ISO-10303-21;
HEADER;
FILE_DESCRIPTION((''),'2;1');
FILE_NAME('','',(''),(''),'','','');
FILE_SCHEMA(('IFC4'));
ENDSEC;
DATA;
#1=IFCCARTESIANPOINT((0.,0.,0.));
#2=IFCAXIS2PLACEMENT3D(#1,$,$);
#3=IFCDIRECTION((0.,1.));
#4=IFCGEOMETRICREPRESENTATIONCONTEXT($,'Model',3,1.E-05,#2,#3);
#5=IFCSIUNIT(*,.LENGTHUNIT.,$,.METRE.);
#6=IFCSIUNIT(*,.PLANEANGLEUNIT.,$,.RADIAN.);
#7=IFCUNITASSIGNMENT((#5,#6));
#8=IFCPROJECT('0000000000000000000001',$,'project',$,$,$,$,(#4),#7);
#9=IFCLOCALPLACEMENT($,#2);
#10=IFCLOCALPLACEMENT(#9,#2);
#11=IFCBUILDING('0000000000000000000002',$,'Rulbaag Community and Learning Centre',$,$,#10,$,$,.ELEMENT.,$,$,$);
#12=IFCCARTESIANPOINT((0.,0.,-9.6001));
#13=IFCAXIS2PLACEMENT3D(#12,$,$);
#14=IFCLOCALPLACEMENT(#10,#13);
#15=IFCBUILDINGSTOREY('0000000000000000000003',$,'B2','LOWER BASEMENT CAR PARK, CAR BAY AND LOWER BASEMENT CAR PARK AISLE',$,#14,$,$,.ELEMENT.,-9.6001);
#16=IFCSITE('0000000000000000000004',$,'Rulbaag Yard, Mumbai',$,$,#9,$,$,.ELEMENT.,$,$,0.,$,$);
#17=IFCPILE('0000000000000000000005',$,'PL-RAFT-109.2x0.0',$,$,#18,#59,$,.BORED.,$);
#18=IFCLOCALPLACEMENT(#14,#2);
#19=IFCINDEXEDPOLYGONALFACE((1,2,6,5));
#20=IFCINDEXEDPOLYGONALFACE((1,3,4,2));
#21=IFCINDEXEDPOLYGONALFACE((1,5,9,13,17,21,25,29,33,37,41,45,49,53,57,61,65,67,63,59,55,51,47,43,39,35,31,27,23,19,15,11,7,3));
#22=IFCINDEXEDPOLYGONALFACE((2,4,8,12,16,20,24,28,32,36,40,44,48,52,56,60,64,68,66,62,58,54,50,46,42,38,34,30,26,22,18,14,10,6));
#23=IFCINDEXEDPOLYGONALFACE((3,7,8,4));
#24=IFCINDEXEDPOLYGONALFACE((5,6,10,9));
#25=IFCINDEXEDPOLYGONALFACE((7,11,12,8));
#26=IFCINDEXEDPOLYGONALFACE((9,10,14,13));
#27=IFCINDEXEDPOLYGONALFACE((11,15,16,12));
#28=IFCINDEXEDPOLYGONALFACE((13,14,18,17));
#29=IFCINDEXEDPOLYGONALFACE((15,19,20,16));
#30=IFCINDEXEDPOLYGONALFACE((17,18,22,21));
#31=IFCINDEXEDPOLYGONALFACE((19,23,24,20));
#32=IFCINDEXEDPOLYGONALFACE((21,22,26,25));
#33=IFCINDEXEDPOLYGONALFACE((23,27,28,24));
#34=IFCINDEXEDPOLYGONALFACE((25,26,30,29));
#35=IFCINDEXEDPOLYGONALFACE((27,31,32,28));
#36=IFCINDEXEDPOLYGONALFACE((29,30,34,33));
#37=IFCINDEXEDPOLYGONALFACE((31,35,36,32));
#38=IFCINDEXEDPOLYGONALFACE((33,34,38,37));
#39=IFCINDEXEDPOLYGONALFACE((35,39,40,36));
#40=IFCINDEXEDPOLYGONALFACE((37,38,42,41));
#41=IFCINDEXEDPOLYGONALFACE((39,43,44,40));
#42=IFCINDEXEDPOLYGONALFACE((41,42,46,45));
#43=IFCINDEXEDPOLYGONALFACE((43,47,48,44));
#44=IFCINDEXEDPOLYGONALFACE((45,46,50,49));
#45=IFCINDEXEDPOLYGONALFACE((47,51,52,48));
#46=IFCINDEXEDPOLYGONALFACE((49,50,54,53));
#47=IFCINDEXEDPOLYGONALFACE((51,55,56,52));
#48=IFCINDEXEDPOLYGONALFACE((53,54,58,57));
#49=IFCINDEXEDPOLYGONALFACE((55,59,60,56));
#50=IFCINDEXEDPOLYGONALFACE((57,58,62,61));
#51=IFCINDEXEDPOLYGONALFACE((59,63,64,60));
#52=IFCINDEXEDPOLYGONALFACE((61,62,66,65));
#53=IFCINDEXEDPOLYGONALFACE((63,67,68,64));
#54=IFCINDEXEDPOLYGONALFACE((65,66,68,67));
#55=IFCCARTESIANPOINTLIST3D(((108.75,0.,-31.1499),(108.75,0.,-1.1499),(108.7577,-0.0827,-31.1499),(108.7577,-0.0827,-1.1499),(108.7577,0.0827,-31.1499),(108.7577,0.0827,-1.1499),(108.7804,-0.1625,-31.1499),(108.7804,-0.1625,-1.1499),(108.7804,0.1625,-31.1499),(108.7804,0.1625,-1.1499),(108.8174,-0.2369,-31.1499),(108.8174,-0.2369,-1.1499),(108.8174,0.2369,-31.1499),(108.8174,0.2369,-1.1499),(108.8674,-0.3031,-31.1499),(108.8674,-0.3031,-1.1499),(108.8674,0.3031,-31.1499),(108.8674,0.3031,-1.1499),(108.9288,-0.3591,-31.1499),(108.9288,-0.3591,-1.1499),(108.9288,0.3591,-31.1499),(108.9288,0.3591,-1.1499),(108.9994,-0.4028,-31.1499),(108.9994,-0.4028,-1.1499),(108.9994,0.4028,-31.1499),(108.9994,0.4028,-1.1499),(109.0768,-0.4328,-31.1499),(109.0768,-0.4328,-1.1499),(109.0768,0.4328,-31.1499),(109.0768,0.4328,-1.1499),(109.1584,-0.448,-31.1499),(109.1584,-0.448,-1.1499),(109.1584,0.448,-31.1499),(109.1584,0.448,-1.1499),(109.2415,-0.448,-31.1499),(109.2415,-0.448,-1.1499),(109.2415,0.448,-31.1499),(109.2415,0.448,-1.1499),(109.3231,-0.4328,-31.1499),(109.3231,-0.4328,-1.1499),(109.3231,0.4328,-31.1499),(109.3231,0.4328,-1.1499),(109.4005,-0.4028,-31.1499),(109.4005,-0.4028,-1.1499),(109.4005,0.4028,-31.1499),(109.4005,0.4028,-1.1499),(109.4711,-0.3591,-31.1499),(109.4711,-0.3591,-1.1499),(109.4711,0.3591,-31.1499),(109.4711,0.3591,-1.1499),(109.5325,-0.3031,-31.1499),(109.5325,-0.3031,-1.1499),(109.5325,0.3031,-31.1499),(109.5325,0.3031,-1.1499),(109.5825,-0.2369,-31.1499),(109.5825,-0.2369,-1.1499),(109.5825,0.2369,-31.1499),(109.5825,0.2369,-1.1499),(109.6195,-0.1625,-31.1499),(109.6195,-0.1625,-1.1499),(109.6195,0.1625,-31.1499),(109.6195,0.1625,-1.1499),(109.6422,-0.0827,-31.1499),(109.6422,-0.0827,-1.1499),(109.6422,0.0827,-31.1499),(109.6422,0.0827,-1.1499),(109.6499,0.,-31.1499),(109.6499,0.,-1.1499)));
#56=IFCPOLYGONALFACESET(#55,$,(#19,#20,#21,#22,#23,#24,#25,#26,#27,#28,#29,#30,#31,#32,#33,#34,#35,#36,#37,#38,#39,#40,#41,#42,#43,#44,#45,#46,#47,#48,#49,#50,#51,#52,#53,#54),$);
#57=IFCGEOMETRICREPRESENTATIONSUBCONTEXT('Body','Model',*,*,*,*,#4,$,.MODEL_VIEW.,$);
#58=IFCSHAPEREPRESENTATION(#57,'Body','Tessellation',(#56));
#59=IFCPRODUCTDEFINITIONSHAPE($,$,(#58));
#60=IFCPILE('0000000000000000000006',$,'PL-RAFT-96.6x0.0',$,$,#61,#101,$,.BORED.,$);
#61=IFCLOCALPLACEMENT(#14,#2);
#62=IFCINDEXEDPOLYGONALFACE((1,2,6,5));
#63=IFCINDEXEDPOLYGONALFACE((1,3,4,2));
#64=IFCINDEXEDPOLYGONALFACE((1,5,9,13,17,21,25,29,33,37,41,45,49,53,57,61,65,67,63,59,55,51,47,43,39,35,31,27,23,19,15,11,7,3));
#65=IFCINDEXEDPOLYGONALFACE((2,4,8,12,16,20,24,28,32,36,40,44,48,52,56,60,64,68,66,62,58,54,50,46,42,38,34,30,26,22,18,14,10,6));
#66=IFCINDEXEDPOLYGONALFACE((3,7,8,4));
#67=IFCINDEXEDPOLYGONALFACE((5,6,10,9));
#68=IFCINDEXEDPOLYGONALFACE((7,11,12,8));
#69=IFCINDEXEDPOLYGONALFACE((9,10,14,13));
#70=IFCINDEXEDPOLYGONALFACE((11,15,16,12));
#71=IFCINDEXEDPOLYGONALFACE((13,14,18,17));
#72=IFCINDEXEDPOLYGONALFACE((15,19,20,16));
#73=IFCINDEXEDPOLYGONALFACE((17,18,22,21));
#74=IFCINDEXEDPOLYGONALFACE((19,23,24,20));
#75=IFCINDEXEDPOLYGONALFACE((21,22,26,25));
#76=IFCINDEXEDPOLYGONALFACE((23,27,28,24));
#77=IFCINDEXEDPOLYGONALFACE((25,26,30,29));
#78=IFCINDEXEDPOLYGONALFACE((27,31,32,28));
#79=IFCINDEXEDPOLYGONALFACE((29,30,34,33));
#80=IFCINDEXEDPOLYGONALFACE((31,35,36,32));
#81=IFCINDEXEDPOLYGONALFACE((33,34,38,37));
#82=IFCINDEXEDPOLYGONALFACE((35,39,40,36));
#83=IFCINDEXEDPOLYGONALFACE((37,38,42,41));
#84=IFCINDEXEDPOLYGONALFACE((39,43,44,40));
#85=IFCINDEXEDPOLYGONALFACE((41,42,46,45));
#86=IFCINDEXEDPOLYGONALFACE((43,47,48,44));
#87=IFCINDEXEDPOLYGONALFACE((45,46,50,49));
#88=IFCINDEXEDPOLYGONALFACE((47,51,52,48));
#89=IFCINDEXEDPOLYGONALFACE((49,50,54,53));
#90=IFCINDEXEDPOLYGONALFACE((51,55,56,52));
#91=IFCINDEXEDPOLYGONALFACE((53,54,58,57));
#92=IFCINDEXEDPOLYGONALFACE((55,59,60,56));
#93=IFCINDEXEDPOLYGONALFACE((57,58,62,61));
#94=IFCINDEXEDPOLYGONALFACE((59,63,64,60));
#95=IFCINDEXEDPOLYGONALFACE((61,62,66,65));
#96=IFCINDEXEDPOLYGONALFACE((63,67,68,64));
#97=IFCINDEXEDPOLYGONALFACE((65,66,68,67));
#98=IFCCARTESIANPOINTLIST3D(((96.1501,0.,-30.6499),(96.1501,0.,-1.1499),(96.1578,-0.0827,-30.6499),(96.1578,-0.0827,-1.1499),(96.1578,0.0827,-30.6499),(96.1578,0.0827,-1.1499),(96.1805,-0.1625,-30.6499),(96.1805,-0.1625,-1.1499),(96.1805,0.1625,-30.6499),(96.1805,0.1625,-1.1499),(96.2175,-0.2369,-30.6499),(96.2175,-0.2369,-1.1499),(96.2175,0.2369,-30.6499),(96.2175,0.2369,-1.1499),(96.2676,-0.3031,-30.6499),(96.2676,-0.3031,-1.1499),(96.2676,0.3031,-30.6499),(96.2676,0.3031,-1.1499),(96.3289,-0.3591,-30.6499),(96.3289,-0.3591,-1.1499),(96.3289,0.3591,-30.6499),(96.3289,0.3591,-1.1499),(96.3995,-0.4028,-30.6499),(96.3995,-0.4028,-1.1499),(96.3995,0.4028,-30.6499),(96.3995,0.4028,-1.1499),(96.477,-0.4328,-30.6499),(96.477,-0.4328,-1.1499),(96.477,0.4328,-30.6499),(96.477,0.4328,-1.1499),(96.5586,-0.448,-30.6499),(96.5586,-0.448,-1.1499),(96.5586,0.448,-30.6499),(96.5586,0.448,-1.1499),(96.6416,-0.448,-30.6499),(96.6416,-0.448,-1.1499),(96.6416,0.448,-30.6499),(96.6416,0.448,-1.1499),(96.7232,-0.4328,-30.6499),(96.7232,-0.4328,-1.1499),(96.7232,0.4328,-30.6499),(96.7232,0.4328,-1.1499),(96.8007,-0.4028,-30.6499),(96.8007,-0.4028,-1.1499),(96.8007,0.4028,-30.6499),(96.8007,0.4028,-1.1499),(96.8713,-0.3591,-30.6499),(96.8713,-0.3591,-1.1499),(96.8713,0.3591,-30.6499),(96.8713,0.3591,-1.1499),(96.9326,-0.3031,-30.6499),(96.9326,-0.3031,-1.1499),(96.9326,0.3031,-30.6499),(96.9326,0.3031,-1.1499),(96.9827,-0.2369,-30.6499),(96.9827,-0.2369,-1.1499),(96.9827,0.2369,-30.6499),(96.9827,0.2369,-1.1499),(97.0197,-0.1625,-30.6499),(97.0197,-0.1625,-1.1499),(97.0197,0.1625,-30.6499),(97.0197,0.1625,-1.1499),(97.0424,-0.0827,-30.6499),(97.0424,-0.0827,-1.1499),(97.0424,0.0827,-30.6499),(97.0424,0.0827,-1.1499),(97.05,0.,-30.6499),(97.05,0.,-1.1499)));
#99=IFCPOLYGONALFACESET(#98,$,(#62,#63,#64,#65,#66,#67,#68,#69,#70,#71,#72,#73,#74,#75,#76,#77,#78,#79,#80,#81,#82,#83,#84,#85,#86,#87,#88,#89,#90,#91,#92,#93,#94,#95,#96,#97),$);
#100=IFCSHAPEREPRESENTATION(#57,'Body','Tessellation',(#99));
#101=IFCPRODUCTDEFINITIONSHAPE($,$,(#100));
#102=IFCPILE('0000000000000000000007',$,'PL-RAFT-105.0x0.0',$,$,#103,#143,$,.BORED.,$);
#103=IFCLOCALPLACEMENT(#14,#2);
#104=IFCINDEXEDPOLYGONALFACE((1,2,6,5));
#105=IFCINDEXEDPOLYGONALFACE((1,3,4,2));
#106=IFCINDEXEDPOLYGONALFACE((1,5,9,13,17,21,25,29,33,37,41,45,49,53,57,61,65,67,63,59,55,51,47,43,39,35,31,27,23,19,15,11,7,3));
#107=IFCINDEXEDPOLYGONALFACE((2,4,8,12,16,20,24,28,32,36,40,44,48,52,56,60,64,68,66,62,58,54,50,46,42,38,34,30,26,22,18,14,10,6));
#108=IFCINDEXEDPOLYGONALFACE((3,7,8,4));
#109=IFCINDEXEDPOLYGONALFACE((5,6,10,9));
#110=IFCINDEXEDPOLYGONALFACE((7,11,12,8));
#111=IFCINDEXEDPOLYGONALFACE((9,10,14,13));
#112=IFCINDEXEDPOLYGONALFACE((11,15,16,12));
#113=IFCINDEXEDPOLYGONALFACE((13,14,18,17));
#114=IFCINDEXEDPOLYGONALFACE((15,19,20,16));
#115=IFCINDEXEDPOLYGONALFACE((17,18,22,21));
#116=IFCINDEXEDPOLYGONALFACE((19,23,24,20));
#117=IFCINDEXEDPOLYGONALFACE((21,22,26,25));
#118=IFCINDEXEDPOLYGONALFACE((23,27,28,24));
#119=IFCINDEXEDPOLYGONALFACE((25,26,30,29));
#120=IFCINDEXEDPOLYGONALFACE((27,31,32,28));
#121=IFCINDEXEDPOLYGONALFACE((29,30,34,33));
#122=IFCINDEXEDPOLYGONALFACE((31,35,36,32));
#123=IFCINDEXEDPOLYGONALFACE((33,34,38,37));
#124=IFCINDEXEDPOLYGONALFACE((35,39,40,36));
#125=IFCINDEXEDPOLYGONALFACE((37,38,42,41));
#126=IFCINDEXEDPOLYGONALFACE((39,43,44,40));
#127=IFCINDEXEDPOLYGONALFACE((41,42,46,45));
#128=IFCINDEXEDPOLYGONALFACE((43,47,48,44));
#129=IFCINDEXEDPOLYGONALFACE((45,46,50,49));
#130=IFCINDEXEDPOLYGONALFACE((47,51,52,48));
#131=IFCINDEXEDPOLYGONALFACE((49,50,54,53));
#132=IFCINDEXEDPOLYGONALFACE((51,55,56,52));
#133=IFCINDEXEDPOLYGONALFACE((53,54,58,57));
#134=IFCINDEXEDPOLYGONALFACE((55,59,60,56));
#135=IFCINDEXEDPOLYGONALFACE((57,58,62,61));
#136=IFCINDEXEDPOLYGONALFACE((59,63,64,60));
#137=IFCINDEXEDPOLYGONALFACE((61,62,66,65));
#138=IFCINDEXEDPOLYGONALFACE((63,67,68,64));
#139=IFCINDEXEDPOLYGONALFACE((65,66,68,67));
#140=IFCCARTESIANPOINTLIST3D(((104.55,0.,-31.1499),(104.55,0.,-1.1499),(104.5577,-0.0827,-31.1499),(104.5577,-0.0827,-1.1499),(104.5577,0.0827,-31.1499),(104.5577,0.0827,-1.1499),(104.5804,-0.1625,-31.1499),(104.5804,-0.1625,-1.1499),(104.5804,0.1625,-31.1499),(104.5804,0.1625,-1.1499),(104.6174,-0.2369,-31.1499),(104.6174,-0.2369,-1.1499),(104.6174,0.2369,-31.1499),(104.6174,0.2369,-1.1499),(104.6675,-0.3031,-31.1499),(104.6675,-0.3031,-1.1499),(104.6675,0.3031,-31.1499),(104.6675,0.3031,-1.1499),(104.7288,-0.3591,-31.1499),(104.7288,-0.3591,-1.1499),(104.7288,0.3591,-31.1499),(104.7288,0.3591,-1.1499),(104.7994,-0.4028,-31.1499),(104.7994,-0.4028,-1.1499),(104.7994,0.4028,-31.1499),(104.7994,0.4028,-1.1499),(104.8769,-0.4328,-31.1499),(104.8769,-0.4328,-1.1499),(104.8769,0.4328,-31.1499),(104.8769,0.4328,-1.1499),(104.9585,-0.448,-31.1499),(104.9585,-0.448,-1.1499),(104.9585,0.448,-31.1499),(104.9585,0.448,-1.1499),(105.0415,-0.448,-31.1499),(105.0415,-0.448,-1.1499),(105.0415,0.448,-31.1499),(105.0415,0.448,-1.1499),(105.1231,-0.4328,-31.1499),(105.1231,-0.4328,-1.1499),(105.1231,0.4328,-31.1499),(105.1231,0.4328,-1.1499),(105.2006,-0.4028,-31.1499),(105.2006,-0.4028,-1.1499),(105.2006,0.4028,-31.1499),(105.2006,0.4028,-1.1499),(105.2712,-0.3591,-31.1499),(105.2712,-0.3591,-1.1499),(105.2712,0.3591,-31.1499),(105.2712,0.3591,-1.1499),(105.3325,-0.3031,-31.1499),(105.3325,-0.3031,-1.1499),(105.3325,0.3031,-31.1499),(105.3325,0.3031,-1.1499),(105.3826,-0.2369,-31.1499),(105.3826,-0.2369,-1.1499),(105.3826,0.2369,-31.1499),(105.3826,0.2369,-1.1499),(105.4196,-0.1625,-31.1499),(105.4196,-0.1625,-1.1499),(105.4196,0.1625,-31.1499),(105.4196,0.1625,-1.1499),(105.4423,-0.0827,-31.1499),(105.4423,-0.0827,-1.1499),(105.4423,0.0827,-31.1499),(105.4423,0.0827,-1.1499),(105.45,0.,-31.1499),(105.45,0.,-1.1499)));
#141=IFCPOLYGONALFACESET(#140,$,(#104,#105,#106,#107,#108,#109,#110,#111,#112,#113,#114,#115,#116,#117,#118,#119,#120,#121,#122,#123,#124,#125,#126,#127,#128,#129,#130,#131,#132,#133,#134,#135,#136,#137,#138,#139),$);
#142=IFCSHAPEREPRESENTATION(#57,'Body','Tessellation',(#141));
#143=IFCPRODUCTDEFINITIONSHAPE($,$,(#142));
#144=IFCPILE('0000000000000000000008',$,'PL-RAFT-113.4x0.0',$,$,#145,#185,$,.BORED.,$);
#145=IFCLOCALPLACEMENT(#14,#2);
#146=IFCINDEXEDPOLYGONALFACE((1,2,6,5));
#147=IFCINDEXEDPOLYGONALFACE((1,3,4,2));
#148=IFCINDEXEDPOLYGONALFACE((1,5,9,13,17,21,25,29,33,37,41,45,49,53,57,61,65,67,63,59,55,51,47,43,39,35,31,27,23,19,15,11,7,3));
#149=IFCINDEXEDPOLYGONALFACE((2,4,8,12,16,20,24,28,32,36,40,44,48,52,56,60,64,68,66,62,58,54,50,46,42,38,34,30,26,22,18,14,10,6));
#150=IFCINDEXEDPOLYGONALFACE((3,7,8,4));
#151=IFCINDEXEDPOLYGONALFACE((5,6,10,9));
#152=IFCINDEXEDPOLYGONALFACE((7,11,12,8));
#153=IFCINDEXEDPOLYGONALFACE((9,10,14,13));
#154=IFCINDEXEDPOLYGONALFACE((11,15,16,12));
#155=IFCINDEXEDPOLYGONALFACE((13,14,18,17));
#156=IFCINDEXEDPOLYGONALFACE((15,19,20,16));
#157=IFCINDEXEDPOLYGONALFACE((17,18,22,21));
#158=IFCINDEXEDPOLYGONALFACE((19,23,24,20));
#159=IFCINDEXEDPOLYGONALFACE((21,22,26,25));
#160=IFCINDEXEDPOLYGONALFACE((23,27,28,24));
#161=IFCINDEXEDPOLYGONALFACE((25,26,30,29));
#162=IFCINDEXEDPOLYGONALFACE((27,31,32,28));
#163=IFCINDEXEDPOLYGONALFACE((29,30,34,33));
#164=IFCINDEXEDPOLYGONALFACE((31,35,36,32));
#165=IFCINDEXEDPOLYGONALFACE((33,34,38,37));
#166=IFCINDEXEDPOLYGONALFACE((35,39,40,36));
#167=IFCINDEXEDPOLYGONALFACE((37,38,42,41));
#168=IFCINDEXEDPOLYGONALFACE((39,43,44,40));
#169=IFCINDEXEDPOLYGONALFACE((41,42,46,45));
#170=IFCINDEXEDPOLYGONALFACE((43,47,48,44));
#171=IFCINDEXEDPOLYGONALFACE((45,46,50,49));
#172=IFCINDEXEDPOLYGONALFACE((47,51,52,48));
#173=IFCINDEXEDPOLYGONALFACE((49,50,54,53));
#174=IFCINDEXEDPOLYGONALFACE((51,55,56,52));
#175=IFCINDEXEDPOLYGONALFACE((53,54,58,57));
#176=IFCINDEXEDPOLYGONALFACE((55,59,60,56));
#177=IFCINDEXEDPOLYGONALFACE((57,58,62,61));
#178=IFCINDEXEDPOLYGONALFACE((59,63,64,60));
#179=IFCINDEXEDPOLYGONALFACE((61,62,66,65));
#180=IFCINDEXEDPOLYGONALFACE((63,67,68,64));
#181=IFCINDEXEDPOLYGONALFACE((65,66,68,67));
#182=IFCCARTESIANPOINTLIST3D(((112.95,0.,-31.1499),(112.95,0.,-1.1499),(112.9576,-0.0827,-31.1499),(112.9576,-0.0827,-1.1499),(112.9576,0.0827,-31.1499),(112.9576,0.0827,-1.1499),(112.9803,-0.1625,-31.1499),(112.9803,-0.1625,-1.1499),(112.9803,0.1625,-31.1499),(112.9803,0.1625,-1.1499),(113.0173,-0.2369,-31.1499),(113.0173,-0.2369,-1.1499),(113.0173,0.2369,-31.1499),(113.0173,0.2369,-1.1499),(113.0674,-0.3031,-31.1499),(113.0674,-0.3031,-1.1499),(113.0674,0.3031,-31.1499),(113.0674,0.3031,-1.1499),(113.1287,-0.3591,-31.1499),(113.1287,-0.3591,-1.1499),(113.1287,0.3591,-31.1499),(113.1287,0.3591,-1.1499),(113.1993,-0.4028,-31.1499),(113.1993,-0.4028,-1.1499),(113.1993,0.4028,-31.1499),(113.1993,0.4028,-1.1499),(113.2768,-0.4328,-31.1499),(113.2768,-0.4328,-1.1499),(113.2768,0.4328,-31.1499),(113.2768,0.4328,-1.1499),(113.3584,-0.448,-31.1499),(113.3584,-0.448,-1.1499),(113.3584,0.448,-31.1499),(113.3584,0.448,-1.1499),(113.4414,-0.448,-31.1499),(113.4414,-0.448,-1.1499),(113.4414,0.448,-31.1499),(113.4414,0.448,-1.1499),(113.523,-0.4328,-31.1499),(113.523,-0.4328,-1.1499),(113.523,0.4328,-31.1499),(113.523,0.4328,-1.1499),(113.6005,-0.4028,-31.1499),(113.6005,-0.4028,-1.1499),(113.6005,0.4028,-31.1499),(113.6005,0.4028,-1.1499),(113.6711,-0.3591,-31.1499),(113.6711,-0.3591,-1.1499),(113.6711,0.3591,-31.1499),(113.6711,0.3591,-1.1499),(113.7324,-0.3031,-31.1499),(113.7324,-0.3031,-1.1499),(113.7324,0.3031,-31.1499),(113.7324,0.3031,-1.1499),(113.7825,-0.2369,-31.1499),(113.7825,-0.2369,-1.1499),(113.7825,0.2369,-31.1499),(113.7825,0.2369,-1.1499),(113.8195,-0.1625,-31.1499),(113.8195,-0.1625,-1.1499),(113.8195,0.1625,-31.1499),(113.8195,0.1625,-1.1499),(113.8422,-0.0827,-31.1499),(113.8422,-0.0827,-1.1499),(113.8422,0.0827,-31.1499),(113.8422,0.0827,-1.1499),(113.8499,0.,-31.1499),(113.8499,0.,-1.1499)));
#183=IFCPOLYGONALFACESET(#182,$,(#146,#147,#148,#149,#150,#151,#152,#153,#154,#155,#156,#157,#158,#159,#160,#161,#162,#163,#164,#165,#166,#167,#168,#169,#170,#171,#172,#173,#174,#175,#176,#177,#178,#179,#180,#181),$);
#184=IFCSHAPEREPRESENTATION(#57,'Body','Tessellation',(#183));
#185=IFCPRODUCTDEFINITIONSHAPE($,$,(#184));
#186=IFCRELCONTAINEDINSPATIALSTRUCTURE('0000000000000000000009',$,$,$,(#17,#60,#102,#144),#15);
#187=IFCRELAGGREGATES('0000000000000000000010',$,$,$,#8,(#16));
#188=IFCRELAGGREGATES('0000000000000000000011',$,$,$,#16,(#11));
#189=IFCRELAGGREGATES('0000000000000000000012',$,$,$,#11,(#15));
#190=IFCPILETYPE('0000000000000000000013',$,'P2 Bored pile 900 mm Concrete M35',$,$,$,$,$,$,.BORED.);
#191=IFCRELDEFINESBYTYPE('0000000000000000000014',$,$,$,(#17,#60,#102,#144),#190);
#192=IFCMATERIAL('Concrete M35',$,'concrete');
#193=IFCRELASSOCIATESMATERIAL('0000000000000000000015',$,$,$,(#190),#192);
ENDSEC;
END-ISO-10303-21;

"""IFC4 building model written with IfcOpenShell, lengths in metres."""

from ifc_helpers import new_model, si_unit, direction, frame, origin, origin_2d, place, context, subcontext, project, spatial, circle, extrude, material, material_profile, profile_set, type_object, element, save


model = new_model("IFC4")

# Units and contexts
model_context = context("Model", 3, precision=1e-05, world=origin(), true_north=direction((0.0, 1.0)))
body_context = subcontext(model_context, "Body", "Model", "MODEL_VIEW")
ifc_project = project(units=[si_unit("LENGTHUNIT", "METRE"), si_unit("PLANEANGLEUNIT", "RADIAN")], contexts=[model_context])

# Site, building, storey
site_placement = place(None, origin())
site = spatial("IfcSite", under=ifc_project, at=site_placement, Name="Rulbaag Yard, Mumbai", CompositionType="ELEMENT", RefElevation=0.0)
building_placement = place(site_placement, origin())
building = spatial("IfcBuilding", under=site, at=building_placement, Name="Rulbaag Community and Learning Centre", CompositionType="ELEMENT")
storey_placement = place(building_placement, frame((0.0, 0.0, -9.6001)))
storey = spatial("IfcBuildingStorey", under=building, at=storey_placement, Name="B2", Description="LOWER BASEMENT CAR PARK, CAR BAY AND LOWER BASEMENT CAR PARK AISLE", CompositionType="ELEMENT", Elevation=-9.6001)

# Piles
ifc_material_1 = material(Name="Concrete M35", Category="concrete")
ifc_material_profile_1 = material_profile(ifc_material_1, circle(Radius=0.45, at=origin_2d()), Name="BP900")
ifc_profile_set_1 = profile_set([ifc_material_profile_1], Name="Concrete M35")
pile_type_1 = type_object("IfcPileType", Name="P2 Bored pile 900 mm Concrete M35", PredefinedType="BORED", material=ifc_profile_set_1)
pile_1_placement = place(storey_placement, frame((109.2, 0.0, -1.1499), z_axis=(0.0, 0.0, -1.0), x_axis=(1.0, 0.0, 0.0)))
element("IfcPile", 1, at=pile_1_placement, inside=storey, type_object=pile_type_1, Name="PL-RAFT-109.2x0.0", PredefinedType="BORED", context=body_context, shape_type="SweptSolid", body=[
    extrude(circle(Radius=0.45, at=origin_2d()), origin(), (0.0, 0.0, 1.0), 30.0),
])
pile_2_placement = place(storey_placement, frame((96.6001, 0.0, -1.1499), z_axis=(0.0, 0.0, -1.0), x_axis=(1.0, 0.0, 0.0)))
element("IfcPile", 2, at=pile_2_placement, inside=storey, type_object=pile_type_1, Name="PL-RAFT-96.6x0.0", PredefinedType="BORED", context=body_context, shape_type="SweptSolid", body=[
    extrude(circle(Radius=0.45, at=origin_2d()), origin(), (0.0, 0.0, 1.0), 29.5),
])
for number, where, z_axis, x_axis, name in (
    (3, (105.0, 0.0, -1.1499), (0.0, 0.0, -1.0), (1.0, 0.0, 0.0), "PL-RAFT-105.0x0.0"),
    (4, (113.3999, 0.0, -1.1499), (0.0, 0.0, -1.0), (1.0, 0.0, 0.0), "PL-RAFT-113.4x0.0"),
):
    element("IfcPile", number, at=place(storey_placement, frame(where, z_axis=z_axis, x_axis=x_axis)), inside=storey, type_object=pile_type_1, Name=name, PredefinedType="BORED", context=body_context, shape_type="SweptSolid", body=[
        extrude(circle(Radius=0.45, at=origin_2d()), origin(), (0.0, 0.0, 1.0), 30.0),
    ])

save(model, "model.ifc")
